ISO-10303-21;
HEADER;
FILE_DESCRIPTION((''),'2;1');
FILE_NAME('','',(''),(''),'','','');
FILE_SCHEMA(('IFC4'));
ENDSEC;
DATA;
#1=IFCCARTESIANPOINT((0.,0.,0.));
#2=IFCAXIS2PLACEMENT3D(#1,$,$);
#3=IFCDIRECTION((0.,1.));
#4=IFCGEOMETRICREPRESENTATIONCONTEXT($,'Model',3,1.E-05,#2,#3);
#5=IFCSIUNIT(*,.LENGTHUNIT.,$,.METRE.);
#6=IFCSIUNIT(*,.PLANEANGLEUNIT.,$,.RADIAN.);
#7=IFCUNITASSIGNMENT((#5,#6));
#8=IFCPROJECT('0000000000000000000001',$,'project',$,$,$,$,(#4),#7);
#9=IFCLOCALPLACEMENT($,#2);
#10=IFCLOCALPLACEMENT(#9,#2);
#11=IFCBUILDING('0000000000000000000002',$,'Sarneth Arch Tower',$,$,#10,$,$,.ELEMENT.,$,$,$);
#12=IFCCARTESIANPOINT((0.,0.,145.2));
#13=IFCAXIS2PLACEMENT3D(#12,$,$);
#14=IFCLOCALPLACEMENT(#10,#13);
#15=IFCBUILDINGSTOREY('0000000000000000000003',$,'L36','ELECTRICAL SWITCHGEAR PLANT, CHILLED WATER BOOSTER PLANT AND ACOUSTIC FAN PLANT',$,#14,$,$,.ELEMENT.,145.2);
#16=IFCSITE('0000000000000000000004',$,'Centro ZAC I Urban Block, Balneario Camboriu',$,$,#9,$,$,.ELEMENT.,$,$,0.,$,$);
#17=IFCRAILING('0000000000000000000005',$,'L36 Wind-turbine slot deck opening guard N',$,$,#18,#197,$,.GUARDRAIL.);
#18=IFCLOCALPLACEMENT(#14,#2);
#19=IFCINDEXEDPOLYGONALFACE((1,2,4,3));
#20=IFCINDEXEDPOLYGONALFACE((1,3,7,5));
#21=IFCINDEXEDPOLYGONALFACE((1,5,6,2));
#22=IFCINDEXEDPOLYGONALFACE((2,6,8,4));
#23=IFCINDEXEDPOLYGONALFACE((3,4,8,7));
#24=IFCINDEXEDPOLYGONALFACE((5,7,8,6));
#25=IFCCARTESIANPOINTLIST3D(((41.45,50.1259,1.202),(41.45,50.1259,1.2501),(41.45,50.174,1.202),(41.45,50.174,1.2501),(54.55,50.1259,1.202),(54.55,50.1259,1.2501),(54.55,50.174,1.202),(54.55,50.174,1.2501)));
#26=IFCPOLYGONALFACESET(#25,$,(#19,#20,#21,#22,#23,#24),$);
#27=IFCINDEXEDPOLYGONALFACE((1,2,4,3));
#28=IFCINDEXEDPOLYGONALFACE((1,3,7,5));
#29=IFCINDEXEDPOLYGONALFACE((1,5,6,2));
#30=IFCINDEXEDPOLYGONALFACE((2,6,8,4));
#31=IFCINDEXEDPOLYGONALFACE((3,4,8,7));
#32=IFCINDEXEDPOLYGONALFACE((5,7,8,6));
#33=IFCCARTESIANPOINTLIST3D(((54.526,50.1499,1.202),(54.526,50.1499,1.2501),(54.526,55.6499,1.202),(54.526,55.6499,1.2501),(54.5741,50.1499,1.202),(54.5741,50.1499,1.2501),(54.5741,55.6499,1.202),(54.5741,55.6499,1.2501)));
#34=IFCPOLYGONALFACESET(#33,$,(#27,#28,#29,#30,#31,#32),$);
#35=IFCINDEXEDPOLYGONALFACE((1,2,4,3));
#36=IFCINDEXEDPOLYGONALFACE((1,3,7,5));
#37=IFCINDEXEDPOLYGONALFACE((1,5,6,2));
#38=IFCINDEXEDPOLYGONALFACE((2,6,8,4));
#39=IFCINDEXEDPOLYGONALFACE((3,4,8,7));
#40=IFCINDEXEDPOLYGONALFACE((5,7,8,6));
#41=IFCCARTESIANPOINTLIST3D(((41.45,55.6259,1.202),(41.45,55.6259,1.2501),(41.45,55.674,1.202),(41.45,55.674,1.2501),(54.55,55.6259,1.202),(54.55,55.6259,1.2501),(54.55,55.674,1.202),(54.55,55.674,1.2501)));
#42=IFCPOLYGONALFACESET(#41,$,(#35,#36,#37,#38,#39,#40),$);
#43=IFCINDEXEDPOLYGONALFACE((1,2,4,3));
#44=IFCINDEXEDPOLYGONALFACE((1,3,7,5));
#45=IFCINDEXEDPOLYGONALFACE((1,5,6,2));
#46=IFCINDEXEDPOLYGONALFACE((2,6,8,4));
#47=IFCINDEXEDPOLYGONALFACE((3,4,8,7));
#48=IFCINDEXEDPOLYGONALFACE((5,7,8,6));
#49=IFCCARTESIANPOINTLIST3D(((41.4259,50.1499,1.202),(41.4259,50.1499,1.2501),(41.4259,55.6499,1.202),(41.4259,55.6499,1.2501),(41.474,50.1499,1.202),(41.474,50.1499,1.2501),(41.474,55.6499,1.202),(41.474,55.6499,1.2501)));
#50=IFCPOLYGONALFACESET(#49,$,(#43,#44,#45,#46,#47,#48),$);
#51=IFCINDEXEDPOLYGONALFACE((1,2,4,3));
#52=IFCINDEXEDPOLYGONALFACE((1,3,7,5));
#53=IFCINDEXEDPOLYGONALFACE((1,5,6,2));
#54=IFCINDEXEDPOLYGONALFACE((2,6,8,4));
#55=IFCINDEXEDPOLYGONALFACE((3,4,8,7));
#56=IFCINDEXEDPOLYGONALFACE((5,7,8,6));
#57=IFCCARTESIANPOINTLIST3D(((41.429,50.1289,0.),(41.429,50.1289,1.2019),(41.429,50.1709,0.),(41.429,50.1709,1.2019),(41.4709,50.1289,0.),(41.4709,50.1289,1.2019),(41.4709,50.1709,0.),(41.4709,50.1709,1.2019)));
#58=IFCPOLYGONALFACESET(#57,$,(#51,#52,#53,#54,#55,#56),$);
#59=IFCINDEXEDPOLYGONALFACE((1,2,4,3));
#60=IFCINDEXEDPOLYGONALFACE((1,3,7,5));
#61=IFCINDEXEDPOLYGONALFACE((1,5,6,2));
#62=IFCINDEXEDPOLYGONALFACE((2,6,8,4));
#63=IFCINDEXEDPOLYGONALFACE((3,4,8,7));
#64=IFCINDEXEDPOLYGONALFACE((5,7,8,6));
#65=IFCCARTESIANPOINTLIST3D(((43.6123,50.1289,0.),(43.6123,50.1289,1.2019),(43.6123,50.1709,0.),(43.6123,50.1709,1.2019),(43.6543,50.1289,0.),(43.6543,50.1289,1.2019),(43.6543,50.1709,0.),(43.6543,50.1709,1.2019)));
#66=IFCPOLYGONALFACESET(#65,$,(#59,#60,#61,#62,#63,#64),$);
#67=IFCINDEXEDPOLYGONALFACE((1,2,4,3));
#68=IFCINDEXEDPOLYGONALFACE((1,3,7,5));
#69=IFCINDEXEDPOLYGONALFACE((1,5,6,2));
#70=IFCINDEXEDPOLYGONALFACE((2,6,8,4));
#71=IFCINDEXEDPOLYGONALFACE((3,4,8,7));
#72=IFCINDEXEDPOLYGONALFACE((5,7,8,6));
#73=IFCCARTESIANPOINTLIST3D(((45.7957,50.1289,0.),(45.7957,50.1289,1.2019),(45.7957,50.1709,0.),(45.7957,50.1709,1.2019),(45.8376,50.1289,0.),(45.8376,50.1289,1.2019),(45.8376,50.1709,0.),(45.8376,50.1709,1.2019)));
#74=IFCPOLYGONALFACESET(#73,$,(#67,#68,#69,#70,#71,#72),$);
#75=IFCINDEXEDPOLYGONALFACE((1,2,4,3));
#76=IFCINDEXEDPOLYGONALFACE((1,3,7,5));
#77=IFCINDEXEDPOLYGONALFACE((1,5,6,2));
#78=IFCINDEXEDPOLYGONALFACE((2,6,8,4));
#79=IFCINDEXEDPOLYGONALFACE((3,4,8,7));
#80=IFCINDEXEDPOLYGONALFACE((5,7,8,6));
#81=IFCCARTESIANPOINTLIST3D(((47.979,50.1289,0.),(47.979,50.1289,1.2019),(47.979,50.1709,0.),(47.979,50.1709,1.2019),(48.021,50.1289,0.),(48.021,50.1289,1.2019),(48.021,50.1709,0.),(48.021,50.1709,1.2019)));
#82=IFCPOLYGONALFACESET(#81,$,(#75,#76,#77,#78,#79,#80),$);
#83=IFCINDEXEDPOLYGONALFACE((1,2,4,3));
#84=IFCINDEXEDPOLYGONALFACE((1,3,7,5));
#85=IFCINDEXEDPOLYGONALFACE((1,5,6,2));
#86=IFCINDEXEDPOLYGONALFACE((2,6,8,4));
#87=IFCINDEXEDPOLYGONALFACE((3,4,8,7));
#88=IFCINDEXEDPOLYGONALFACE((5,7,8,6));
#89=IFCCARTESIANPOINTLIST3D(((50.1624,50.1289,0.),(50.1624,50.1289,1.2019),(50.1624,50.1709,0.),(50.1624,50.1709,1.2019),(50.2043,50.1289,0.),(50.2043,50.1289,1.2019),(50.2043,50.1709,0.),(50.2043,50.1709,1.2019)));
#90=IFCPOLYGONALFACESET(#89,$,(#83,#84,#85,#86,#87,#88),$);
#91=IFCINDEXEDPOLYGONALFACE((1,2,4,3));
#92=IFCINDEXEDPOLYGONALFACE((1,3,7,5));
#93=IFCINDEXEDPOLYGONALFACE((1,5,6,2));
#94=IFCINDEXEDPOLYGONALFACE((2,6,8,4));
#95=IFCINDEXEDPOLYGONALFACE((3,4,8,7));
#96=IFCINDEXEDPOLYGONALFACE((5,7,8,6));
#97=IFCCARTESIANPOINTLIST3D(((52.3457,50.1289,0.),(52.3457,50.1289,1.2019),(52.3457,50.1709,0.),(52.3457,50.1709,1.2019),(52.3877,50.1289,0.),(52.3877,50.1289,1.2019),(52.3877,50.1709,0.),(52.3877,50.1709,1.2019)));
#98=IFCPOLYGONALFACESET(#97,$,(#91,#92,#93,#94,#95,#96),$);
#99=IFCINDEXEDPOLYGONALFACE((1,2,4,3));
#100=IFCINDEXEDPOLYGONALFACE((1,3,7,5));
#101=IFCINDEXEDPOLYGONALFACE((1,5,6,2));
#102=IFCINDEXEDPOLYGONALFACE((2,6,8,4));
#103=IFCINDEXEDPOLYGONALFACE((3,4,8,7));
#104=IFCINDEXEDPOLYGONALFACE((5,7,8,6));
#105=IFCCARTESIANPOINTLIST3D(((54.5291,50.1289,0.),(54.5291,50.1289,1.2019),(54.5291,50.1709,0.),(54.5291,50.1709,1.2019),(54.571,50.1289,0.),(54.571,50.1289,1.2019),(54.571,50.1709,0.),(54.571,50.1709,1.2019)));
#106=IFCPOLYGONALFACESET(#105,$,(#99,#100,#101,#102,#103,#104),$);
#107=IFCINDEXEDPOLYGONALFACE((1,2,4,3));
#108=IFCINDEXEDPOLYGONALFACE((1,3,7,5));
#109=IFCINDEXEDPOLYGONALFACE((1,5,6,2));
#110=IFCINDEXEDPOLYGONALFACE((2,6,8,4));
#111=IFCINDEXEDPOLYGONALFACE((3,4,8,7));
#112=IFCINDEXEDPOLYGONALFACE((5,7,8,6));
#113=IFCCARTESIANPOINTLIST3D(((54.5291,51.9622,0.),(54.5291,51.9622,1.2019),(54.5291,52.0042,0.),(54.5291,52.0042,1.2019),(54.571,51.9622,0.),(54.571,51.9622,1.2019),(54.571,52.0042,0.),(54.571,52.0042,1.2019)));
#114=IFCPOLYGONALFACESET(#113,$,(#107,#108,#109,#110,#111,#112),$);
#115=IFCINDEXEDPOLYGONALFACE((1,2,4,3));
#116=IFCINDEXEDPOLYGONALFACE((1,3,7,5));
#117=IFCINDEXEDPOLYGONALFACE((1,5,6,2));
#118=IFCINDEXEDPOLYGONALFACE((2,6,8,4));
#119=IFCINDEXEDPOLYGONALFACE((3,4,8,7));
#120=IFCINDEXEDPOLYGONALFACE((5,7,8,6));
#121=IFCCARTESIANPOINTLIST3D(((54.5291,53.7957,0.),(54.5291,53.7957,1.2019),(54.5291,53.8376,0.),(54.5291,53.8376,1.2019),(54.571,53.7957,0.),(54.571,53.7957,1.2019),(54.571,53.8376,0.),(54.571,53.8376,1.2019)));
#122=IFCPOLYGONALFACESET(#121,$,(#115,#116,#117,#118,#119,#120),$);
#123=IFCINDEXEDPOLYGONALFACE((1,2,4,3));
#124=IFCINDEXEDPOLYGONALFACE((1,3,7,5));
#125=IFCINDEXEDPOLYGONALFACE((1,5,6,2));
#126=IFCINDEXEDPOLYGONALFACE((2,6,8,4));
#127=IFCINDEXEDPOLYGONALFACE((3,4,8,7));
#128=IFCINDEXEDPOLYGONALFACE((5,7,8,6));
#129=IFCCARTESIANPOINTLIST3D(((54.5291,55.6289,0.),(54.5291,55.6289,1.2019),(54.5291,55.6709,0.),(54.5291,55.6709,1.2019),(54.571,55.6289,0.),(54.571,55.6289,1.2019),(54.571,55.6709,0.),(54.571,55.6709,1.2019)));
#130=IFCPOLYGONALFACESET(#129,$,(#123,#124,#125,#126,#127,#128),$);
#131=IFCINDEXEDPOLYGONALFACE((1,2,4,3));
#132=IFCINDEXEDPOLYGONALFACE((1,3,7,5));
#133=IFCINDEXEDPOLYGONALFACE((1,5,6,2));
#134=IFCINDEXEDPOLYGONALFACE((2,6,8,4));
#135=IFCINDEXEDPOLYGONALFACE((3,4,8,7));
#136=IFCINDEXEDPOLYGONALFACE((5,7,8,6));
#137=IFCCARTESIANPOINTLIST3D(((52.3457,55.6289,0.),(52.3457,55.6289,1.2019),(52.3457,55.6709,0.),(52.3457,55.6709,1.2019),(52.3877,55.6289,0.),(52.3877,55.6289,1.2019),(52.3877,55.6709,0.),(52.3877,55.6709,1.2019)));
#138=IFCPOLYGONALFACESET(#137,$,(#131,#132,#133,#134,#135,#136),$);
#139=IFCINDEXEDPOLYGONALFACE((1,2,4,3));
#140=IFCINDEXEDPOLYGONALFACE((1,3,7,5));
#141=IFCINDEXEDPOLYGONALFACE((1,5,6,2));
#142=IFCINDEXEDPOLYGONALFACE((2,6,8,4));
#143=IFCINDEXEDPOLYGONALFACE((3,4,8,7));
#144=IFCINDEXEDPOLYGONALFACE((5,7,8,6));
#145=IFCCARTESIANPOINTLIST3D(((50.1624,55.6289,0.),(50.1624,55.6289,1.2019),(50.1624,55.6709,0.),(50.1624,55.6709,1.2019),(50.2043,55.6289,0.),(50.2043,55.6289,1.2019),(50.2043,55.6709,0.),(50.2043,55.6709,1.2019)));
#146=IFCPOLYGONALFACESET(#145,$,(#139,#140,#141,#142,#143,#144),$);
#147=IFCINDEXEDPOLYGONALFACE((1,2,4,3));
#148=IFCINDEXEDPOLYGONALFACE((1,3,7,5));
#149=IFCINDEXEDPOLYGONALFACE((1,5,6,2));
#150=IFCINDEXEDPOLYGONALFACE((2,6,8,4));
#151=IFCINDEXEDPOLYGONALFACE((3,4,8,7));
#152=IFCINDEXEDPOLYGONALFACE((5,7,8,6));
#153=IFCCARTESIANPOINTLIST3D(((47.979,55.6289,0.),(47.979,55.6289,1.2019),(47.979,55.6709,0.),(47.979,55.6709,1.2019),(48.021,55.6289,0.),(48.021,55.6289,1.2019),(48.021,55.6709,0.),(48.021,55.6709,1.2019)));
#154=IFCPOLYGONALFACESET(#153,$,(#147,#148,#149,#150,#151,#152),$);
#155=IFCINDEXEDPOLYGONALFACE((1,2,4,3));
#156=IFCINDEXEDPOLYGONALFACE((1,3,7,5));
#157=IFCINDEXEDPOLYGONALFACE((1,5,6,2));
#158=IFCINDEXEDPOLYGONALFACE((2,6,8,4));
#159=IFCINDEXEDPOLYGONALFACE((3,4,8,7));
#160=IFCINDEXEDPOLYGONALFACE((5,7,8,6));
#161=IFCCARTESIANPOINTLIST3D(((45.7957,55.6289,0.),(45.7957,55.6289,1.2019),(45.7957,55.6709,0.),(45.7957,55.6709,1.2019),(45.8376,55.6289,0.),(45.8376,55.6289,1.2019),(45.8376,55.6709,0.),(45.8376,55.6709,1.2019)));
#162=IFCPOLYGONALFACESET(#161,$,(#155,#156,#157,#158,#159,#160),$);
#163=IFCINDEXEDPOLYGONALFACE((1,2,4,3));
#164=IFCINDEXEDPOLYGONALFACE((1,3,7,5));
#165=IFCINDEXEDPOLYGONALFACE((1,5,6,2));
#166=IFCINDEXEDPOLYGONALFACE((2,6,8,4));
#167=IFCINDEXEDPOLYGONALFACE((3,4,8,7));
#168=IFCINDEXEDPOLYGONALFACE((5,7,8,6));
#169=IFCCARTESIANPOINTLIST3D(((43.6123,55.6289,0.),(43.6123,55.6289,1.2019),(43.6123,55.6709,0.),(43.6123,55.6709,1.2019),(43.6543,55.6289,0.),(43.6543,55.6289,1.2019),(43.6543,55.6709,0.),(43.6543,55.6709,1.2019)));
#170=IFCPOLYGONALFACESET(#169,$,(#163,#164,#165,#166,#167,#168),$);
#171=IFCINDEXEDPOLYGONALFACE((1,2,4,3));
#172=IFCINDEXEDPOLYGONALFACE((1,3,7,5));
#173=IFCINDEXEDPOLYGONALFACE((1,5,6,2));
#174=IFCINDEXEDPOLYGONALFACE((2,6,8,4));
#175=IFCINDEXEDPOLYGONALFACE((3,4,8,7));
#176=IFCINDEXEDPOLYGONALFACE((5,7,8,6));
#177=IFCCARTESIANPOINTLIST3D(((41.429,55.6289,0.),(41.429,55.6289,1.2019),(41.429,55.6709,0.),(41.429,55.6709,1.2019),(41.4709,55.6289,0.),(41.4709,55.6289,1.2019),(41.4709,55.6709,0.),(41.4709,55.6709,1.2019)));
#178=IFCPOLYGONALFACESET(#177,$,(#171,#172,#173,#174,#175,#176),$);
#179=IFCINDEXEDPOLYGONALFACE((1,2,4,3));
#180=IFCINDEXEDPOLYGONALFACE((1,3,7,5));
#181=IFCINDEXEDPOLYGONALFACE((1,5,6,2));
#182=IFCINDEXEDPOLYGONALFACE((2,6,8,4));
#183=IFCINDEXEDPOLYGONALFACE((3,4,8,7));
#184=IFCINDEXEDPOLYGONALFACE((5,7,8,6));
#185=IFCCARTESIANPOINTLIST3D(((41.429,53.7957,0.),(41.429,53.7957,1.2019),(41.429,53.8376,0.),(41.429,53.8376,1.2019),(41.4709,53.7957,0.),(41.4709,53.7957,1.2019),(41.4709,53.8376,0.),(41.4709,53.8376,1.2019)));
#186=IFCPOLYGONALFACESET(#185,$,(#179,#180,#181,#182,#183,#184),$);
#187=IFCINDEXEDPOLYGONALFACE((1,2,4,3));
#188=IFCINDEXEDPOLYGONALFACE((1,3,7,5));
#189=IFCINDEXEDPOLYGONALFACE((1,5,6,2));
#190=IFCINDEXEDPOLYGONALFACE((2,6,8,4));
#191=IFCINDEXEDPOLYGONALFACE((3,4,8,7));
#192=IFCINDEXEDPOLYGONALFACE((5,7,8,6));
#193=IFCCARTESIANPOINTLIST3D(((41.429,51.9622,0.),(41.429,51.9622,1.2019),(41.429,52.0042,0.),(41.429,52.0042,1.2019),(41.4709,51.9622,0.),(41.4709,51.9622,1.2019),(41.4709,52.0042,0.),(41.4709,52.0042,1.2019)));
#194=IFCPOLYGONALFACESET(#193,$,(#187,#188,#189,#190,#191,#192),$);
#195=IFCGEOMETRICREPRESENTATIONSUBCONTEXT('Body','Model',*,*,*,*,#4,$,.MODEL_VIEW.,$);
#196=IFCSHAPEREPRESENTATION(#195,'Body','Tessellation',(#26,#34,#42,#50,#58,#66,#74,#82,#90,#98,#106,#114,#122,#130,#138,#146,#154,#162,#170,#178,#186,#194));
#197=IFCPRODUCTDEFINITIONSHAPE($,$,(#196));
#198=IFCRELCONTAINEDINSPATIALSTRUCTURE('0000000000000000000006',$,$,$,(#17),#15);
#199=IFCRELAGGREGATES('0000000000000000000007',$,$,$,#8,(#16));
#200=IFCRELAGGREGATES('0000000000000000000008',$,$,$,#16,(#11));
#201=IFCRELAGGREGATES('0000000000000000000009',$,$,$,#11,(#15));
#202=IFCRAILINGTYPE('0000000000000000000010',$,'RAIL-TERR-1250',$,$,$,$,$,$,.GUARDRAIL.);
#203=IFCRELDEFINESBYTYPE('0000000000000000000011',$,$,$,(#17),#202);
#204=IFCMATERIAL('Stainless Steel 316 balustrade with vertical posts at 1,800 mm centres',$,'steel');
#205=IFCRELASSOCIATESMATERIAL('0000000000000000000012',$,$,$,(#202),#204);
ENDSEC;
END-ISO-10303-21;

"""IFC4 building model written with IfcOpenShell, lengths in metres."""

from ifc_helpers import new_model, si_unit, direction, frame, origin, origin_2d, place, context, subcontext, project, spatial, rectangle, extrude, material, type_object, element, save


model = new_model("IFC4")

# Units and contexts
model_context = context("Model", 3, precision=1e-05, world=origin(), true_north=direction((0.0, 1.0)))
body_context = subcontext(model_context, "Body", "Model", "MODEL_VIEW")
ifc_project = project(units=[si_unit("LENGTHUNIT", "METRE"), si_unit("PLANEANGLEUNIT", "RADIAN")], contexts=[model_context])

# Site, building, storey
site_placement = place(None, origin())
site = spatial("IfcSite", under=ifc_project, at=site_placement, Name="Centro ZAC I Urban Block, Balneario Camboriu", CompositionType="ELEMENT", RefElevation=0.0)
building_placement = place(site_placement, origin())
building = spatial("IfcBuilding", under=site, at=building_placement, Name="Sarneth Arch Tower", CompositionType="ELEMENT")
storey_placement = place(building_placement, frame((0.0, 0.0, 145.2)))
storey = spatial("IfcBuildingStorey", under=building, at=storey_placement, Name="L36", Description="ELECTRICAL SWITCHGEAR PLANT, CHILLED WATER BOOSTER PLANT AND ACOUSTIC FAN PLANT", CompositionType="ELEMENT", Elevation=145.2)

# Railing
ifc_material_1 = material(Name="Stainless Steel 316 balustrade with vertical posts at 1,800 mm centres", Category="steel")
railing_type_1 = type_object("IfcRailingType", Name="RAIL-TERR-1250", PredefinedType="GUARDRAIL", material=ifc_material_1)
railing_1_placement = place(storey_placement, frame((41.45, 50.1499, 0.0)))
element("IfcRailing", 1, at=railing_1_placement, inside=storey, type_object=railing_type_1, Name="L36 Wind-turbine slot deck opening guard N", PredefinedType="GUARDRAIL", context=body_context, shape_type="SweptSolid", body=[
    extrude(rectangle(XDim=0.0481, YDim=0.0481, at=origin_2d()), frame((0.0, 0.0, 1.2261), z_axis=(1.0, 0.0, 0.0), x_axis=(0.0, 1.0, 0.0)), (0.0, 0.0, 1.0), 13.1001),
    extrude(rectangle(XDim=0.0481, YDim=0.0481, at=origin_2d()), frame((13.1001, 0.0, 1.2261), z_axis=(0.0, 1.0, 0.0), x_axis=(-1.0, 0.0, 0.0)), (0.0, 0.0, 1.0), 5.5),
    extrude(rectangle(XDim=0.0481, YDim=0.0481, at=origin_2d()), frame((13.1001, 5.5, 1.2261), z_axis=(-1.0, 0.0, 0.0), x_axis=(0.0, -1.0, 0.0)), (0.0, 0.0, 1.0), 13.1001),
    extrude(rectangle(XDim=0.0481, YDim=0.0481, at=origin_2d()), frame((0.0, 5.5, 1.2261), z_axis=(0.0, -1.0, 0.0), x_axis=(1.0, 0.0, 0.0)), (0.0, 0.0, 1.0), 5.5),
    extrude(rectangle(XDim=0.042, YDim=0.042, at=origin_2d()), origin(), (0.0, 0.0, 1.0), 1.2019),
    extrude(rectangle(XDim=0.042, YDim=0.042, at=origin_2d()), frame((2.1833, 0.0, 0.0)), (0.0, 0.0, 1.0), 1.2019),
    extrude(rectangle(XDim=0.042, YDim=0.042, at=origin_2d()), frame((4.3667, 0.0, 0.0)), (0.0, 0.0, 1.0), 1.2019),
    extrude(rectangle(XDim=0.042, YDim=0.042, at=origin_2d()), frame((6.55, 0.0, 0.0)), (0.0, 0.0, 1.0), 1.2019),
    extrude(rectangle(XDim=0.042, YDim=0.042, at=origin_2d()), frame((8.7334, 0.0, 0.0)), (0.0, 0.0, 1.0), 1.2019),
    extrude(rectangle(XDim=0.042, YDim=0.042, at=origin_2d()), frame((10.9167, 0.0, 0.0)), (0.0, 0.0, 1.0), 1.2019),
    extrude(rectangle(XDim=0.042, YDim=0.042, at=origin_2d()), frame((13.1001, 0.0, 0.0)), (0.0, 0.0, 1.0), 1.2019),
    extrude(rectangle(XDim=0.042, YDim=0.042, at=origin_2d()), frame((13.1001, 1.8333, 0.0)), (0.0, 0.0, 1.0), 1.2019),
    extrude(rectangle(XDim=0.042, YDim=0.042, at=origin_2d()), frame((13.1001, 3.6667, 0.0)), (0.0, 0.0, 1.0), 1.2019),
    extrude(rectangle(XDim=0.042, YDim=0.042, at=origin_2d()), frame((13.1001, 5.5, 0.0)), (0.0, 0.0, 1.0), 1.2019),
    extrude(rectangle(XDim=0.042, YDim=0.042, at=origin_2d()), frame((10.9167, 5.5, 0.0)), (0.0, 0.0, 1.0), 1.2019),
    extrude(rectangle(XDim=0.042, YDim=0.042, at=origin_2d()), frame((8.7334, 5.5, 0.0)), (0.0, 0.0, 1.0), 1.2019),
    extrude(rectangle(XDim=0.042, YDim=0.042, at=origin_2d()), frame((6.55, 5.5, 0.0)), (0.0, 0.0, 1.0), 1.2019),
    extrude(rectangle(XDim=0.042, YDim=0.042, at=origin_2d()), frame((4.3667, 5.5, 0.0)), (0.0, 0.0, 1.0), 1.2019),
    extrude(rectangle(XDim=0.042, YDim=0.042, at=origin_2d()), frame((2.1833, 5.5, 0.0)), (0.0, 0.0, 1.0), 1.2019),
    extrude(rectangle(XDim=0.042, YDim=0.042, at=origin_2d()), frame((0.0, 5.5, 0.0)), (0.0, 0.0, 1.0), 1.2019),
    extrude(rectangle(XDim=0.042, YDim=0.042, at=origin_2d()), frame((0.0, 3.6667, 0.0)), (0.0, 0.0, 1.0), 1.2019),
    extrude(rectangle(XDim=0.042, YDim=0.042, at=origin_2d()), frame((0.0, 1.8333, 0.0)), (0.0, 0.0, 1.0), 1.2019),
])

save(model, "model.ifc")
